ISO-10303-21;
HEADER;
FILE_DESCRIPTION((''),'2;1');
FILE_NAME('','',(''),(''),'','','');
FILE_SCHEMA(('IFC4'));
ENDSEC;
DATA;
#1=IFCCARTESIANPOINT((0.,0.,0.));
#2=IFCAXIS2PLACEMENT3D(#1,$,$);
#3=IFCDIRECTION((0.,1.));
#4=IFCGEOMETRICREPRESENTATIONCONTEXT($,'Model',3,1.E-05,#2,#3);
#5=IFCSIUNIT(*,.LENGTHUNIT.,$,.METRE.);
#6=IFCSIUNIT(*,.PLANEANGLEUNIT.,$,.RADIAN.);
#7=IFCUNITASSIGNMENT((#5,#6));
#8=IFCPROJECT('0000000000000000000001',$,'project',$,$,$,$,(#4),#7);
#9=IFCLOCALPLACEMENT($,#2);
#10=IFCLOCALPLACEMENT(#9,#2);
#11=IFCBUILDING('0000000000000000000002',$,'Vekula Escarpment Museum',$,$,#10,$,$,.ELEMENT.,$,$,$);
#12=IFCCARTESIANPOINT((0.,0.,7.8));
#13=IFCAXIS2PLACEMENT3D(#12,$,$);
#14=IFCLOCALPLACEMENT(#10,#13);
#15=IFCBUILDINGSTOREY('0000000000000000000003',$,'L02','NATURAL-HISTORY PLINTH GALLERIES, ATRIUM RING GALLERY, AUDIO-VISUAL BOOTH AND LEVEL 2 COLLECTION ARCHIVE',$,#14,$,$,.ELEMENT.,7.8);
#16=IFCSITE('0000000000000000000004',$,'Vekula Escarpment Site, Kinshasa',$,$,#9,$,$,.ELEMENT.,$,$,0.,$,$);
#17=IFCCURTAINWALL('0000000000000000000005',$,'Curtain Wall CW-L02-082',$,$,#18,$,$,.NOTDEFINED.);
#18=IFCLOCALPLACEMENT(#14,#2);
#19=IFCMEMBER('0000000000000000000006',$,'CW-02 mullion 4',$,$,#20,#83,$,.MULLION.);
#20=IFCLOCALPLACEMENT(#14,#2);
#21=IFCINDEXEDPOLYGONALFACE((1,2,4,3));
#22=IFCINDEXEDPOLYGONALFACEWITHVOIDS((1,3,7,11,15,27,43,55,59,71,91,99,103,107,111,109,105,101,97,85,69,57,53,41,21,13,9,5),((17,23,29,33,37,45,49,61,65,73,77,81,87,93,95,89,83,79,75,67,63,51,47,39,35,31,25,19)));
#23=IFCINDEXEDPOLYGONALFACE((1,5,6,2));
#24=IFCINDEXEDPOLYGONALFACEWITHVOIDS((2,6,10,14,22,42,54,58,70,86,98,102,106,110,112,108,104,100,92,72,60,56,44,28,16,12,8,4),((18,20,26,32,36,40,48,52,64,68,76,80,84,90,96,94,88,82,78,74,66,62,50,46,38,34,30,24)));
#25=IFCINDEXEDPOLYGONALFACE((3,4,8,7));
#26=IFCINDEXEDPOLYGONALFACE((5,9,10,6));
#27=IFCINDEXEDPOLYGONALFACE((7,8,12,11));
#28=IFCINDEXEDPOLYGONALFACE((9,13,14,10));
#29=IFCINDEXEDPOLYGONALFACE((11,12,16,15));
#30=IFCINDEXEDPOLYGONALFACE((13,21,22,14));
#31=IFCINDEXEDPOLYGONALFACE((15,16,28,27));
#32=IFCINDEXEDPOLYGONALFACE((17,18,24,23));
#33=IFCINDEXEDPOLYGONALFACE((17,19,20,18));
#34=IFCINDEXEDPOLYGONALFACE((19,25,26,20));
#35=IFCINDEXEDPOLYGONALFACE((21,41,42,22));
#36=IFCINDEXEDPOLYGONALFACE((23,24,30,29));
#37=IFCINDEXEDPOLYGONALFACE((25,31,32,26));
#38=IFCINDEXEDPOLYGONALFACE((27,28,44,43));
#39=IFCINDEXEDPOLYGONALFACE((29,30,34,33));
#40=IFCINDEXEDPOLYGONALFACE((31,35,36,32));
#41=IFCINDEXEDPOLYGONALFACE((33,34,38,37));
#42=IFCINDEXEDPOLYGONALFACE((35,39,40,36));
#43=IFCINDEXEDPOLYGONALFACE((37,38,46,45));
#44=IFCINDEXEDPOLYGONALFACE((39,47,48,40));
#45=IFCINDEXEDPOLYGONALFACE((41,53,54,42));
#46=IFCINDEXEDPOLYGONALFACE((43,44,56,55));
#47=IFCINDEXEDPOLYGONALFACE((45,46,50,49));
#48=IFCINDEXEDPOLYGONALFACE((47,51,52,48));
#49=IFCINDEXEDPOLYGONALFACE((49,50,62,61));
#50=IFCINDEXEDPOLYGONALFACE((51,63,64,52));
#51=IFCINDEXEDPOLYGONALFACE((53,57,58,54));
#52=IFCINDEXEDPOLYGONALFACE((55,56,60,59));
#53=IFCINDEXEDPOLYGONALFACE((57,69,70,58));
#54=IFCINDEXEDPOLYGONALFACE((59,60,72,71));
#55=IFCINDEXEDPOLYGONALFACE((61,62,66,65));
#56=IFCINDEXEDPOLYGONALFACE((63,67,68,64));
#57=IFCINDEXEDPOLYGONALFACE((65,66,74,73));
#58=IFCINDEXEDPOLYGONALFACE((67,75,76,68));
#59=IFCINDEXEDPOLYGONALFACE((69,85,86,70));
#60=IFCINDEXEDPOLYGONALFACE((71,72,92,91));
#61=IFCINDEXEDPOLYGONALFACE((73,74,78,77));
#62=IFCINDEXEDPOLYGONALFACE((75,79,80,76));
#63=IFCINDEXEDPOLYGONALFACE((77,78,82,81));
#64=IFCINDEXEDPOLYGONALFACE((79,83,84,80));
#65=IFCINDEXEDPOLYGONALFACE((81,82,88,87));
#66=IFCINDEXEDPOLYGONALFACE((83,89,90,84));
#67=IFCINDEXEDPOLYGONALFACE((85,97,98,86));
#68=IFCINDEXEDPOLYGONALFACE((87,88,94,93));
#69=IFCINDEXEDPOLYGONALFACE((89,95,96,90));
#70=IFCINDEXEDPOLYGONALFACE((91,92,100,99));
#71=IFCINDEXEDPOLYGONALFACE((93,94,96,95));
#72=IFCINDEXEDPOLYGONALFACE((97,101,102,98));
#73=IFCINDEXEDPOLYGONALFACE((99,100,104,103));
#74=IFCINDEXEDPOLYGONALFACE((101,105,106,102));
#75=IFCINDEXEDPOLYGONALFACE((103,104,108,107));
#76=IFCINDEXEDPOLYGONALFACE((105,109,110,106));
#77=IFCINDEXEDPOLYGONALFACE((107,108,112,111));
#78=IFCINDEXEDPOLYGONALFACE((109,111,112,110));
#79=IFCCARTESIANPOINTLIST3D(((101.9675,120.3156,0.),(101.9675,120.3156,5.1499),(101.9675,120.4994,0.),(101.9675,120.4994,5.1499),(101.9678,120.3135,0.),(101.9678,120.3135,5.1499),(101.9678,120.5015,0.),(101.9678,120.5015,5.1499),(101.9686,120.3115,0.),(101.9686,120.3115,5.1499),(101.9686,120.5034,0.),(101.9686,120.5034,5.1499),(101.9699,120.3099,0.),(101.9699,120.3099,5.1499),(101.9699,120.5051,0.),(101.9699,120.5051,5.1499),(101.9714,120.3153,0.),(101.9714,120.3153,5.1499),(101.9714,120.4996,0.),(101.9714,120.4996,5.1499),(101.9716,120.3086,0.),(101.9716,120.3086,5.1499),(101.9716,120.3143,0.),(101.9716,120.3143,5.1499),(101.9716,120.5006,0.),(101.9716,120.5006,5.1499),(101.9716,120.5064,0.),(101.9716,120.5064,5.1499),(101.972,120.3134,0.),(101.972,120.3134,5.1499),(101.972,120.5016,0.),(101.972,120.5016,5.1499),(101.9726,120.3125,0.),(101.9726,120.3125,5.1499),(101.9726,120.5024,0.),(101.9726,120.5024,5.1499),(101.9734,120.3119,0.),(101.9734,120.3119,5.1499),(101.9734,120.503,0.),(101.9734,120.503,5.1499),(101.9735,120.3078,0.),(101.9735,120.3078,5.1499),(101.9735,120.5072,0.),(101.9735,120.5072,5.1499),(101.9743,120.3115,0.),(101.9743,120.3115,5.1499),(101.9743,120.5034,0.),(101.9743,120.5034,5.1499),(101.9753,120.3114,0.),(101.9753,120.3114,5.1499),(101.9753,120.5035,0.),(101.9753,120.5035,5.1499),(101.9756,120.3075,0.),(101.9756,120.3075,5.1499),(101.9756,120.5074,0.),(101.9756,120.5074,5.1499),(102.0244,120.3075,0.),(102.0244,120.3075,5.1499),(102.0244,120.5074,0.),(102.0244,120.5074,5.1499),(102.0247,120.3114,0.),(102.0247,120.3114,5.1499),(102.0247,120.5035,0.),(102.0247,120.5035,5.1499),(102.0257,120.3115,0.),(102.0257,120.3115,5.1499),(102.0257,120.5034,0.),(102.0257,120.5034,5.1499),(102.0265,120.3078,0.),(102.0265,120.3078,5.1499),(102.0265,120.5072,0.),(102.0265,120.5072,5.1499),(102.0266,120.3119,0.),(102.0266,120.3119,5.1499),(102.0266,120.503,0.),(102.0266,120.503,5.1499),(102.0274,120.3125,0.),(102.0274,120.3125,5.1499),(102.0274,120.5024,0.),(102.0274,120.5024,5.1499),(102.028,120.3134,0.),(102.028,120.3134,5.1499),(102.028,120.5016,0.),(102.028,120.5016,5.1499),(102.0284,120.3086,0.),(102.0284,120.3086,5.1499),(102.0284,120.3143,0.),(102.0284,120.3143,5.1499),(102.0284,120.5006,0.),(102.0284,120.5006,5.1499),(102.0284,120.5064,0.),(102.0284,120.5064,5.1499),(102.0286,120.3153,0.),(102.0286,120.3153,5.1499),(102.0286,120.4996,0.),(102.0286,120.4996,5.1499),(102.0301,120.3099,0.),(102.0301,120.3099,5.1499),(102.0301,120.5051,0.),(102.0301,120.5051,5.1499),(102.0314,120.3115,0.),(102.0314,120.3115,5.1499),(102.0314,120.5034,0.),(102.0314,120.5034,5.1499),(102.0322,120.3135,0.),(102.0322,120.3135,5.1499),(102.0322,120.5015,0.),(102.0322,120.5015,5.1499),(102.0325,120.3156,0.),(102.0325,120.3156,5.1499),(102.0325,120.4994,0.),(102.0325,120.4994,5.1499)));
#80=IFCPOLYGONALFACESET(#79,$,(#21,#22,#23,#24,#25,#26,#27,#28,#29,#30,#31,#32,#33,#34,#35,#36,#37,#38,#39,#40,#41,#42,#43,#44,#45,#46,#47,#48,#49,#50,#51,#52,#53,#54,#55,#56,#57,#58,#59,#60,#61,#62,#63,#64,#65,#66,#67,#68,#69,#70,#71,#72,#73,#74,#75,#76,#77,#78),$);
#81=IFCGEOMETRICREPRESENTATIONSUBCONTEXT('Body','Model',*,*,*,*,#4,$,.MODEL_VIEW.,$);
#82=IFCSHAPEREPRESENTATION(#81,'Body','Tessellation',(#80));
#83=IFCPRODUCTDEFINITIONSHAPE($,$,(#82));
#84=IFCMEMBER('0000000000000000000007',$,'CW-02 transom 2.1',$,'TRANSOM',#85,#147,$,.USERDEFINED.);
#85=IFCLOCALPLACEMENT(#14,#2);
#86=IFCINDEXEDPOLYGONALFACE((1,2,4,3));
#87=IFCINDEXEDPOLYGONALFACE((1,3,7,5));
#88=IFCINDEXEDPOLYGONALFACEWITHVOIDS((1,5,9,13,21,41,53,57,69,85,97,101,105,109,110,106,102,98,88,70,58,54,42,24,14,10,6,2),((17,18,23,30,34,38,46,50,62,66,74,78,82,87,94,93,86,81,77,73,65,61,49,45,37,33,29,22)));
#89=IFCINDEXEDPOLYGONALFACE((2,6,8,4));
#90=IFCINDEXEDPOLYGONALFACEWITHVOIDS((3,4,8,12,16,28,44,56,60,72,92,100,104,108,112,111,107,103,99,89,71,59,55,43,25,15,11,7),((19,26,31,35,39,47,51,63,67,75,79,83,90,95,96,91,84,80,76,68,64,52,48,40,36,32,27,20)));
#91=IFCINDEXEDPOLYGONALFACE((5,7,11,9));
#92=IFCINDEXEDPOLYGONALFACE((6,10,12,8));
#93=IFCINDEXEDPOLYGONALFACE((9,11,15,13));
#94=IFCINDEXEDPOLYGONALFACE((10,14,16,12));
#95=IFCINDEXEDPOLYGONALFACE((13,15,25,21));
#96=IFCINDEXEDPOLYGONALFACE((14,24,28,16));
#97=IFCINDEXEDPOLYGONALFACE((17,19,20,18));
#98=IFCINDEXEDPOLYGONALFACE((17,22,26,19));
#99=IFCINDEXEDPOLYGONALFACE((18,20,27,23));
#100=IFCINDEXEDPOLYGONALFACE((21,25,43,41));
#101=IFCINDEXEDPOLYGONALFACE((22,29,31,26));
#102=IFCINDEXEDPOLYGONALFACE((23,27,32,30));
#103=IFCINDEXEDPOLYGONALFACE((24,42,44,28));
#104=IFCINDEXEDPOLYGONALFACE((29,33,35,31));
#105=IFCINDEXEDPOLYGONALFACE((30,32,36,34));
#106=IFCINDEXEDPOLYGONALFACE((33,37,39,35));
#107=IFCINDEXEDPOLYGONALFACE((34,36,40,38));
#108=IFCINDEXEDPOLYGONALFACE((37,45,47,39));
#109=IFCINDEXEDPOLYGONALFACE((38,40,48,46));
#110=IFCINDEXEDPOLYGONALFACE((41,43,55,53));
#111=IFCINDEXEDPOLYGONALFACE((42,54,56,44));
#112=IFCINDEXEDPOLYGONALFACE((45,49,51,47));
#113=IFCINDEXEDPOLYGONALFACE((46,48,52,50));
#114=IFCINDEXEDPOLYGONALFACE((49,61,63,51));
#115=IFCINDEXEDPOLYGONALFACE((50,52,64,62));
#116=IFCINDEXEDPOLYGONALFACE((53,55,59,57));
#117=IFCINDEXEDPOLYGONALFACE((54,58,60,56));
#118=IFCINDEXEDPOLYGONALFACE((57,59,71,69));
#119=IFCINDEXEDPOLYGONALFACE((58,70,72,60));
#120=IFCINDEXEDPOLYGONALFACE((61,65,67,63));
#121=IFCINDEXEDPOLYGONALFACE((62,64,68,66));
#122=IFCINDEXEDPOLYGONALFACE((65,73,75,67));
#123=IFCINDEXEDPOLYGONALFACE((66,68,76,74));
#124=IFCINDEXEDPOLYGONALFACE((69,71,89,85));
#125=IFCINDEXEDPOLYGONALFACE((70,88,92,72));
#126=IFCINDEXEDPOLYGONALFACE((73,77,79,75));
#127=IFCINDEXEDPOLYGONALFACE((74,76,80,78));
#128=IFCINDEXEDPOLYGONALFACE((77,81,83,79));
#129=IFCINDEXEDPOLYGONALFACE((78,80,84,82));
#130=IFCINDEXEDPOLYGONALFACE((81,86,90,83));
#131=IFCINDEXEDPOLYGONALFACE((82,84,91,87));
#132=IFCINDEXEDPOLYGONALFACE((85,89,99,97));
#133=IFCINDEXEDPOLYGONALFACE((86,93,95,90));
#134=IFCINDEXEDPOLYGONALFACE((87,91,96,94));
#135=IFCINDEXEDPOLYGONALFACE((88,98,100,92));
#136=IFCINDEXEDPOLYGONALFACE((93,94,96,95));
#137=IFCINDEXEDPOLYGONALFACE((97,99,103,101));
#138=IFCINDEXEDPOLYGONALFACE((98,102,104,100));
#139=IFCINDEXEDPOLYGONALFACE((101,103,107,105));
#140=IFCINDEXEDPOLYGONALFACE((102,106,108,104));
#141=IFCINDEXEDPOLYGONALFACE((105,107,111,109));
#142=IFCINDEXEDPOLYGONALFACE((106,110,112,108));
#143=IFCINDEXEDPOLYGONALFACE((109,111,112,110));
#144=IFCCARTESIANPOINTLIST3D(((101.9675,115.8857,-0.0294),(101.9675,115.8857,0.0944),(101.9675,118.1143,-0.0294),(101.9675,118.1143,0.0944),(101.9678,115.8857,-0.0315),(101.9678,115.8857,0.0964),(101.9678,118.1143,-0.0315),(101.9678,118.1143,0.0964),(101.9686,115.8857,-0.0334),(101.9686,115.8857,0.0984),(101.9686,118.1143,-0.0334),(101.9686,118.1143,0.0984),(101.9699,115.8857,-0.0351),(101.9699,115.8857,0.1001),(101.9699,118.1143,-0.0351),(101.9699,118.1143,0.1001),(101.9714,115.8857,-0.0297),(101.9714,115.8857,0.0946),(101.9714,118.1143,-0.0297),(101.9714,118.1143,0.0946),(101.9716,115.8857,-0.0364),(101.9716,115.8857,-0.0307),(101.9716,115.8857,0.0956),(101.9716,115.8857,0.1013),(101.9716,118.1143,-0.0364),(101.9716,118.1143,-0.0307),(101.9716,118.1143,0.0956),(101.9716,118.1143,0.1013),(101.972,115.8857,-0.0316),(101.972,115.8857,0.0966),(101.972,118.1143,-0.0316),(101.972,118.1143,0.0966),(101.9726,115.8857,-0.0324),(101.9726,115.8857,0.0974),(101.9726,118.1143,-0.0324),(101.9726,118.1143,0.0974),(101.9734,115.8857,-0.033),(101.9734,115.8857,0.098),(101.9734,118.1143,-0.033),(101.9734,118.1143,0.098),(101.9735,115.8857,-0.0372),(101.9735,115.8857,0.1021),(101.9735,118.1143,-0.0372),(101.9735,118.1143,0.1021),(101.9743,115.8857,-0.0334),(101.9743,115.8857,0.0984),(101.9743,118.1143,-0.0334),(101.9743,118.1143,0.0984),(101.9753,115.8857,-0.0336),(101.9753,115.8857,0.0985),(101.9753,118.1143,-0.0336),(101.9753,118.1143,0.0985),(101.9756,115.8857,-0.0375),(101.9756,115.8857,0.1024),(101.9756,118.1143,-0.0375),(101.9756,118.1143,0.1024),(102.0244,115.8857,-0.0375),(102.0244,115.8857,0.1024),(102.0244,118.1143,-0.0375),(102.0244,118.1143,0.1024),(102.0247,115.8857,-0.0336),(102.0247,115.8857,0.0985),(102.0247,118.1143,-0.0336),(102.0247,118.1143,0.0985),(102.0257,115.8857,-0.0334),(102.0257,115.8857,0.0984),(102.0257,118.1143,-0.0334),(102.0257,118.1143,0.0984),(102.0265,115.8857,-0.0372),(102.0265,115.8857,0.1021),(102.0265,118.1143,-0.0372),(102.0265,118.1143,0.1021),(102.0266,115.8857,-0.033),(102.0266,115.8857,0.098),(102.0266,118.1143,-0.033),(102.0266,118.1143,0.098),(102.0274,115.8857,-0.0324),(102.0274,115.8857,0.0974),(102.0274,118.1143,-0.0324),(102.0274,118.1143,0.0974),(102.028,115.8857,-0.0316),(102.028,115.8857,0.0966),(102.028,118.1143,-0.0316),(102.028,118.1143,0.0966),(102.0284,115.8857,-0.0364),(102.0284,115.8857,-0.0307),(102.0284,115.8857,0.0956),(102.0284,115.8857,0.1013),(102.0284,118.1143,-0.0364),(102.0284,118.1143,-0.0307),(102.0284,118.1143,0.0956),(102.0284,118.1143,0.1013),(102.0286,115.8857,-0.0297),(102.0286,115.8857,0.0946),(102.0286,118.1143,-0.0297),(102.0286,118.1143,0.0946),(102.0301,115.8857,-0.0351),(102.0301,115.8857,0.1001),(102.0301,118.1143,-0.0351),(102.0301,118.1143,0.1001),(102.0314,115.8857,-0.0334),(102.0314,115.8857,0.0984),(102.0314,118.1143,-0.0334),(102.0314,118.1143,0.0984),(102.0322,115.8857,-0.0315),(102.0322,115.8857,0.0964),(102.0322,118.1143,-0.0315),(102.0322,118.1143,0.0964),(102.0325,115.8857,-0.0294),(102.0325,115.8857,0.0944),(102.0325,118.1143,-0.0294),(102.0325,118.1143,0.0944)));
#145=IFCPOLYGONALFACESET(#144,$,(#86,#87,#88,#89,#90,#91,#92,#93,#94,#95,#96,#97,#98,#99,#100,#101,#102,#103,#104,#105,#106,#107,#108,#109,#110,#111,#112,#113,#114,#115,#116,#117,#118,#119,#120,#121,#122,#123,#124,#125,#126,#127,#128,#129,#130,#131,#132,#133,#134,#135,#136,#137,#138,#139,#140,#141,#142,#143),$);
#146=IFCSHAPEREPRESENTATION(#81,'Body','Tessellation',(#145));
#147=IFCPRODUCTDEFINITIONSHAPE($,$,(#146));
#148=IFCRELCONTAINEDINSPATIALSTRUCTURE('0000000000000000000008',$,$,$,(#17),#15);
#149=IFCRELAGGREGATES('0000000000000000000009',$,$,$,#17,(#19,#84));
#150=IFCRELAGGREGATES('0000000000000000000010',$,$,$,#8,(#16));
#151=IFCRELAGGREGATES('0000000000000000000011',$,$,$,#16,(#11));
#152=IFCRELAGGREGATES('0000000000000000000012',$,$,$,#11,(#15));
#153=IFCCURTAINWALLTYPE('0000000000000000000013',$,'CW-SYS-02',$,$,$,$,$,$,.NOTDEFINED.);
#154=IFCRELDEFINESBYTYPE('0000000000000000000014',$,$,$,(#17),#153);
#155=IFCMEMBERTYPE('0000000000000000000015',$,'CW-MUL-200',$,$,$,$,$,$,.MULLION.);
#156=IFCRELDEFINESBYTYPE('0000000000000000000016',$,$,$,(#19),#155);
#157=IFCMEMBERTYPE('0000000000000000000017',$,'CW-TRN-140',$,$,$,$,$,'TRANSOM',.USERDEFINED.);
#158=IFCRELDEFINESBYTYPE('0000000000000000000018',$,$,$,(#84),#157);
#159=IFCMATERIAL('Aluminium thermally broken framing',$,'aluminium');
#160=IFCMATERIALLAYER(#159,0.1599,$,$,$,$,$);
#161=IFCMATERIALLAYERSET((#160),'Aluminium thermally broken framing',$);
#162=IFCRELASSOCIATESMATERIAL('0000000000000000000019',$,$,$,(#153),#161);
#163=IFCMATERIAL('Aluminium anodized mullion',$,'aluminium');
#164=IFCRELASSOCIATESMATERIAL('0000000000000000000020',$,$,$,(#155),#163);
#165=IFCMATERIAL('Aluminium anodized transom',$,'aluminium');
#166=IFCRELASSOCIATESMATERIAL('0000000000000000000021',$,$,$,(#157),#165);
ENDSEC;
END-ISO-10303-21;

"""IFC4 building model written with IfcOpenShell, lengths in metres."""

from ifc_helpers import new_model, si_unit, direction, frame, origin, origin_2d, place, context, subcontext, project, spatial, hollow_rectangle, extrude, material, layer, layer_set, material_profile, profile_set, type_object, element, aggregate, save


model = new_model("IFC4")

# Units and contexts
model_context = context("Model", 3, precision=1e-05, world=origin(), true_north=direction((0.0, 1.0)))
body_context = subcontext(model_context, "Body", "Model", "MODEL_VIEW")
ifc_project = project(units=[si_unit("LENGTHUNIT", "METRE"), si_unit("PLANEANGLEUNIT", "RADIAN")], contexts=[model_context])

# Site, building, storey
site_placement = place(None, origin())
site = spatial("IfcSite", under=ifc_project, at=site_placement, Name="Vekula Escarpment Site, Kinshasa", CompositionType="ELEMENT", RefElevation=0.0)
building_placement = place(site_placement, origin())
building = spatial("IfcBuilding", under=site, at=building_placement, Name="Vekula Escarpment Museum", CompositionType="ELEMENT")
storey_placement = place(building_placement, frame((0.0, 0.0, 7.8)))
storey = spatial("IfcBuildingStorey", under=building, at=storey_placement, Name="L02", Description="NATURAL-HISTORY PLINTH GALLERIES, ATRIUM RING GALLERY, AUDIO-VISUAL BOOTH AND LEVEL 2 COLLECTION ARCHIVE", CompositionType="ELEMENT", Elevation=7.8)

# Curtain wall, members
ifc_material_1 = material(Name="Aluminium thermally broken framing", Category="aluminium")
ifc_layer_1 = layer(ifc_material_1, 0.1599)
ifc_layer_set_1 = layer_set([ifc_layer_1], Name="Aluminium thermally broken framing")
curtain_wall_type = type_object("IfcCurtainWallType", Name="CW-SYS-02", PredefinedType="NOTDEFINED", material=ifc_layer_set_1)
curtain_wall_placement = place(storey_placement, origin())
curtain_wall = element("IfcCurtainWall", 1, at=curtain_wall_placement, inside=storey, type_object=curtain_wall_type, Name="Curtain Wall CW-L02-082", PredefinedType="NOTDEFINED")
ifc_material_2 = material(Name="Aluminium anodized mullion", Category="aluminium")
ifc_material_profile_1 = material_profile(ifc_material_2, hollow_rectangle(XDim=0.0649, YDim=0.2, WallThickness=0.0039, InnerFilletRadius=0.0039, OuterFilletRadius=0.0081, at=origin_2d()), Name="ALU 200x65x4")
ifc_profile_set_1 = profile_set([ifc_material_profile_1], Name="Aluminium anodized mullion")
member_type_1 = type_object("IfcMemberType", Name="CW-MUL-200", PredefinedType="MULLION", material=ifc_profile_set_1)
member_1_placement = place(storey_placement, frame((102.0, 120.4075, 0.0), z_axis=(0.0, 0.0, 1.0), x_axis=(-1.0, 0.0, 0.0)))
member_1 = element("IfcMember", 2, at=member_1_placement, type_object=member_type_1, Name="CW-02 mullion 4", PredefinedType="MULLION", context=body_context, shape_type="SweptSolid", body=[
    extrude(hollow_rectangle(XDim=0.0649, YDim=0.2, WallThickness=0.0039, InnerFilletRadius=0.0039, OuterFilletRadius=0.0081, at=origin_2d()), origin(), (0.0, 0.0, 1.0), 5.1499),
])
ifc_material_3 = material(Name="Aluminium anodized transom", Category="aluminium")
ifc_material_profile_2 = material_profile(ifc_material_3, hollow_rectangle(XDim=0.0649, YDim=0.1399, WallThickness=0.0039, InnerFilletRadius=0.0039, OuterFilletRadius=0.0081, at=origin_2d()), Name="ALU 140x65x4")
ifc_profile_set_2 = profile_set([ifc_material_profile_2], Name="Aluminium anodized transom")
member_type_2 = type_object("IfcMemberType", Name="CW-TRN-140", ElementType="TRANSOM", PredefinedType="USERDEFINED", material=ifc_profile_set_2)
member_2_placement = place(storey_placement, frame((102.0, 115.8857, 0.0325), z_axis=(0.0, 1.0, 0.0), x_axis=(-1.0, 0.0, 0.0)))
member_2 = element("IfcMember", 3, at=member_2_placement, type_object=member_type_2, Name="CW-02 transom 2.1", ObjectType="TRANSOM", PredefinedType="USERDEFINED", context=body_context, shape_type="SweptSolid", body=[
    extrude(hollow_rectangle(XDim=0.0649, YDim=0.1399, WallThickness=0.0039, InnerFilletRadius=0.0039, OuterFilletRadius=0.0081, at=origin_2d()), origin(), (0.0, 0.0, 1.0), 2.2285),
])

aggregate(curtain_wall, [member_1, member_2])

save(model, "model.ifc")
